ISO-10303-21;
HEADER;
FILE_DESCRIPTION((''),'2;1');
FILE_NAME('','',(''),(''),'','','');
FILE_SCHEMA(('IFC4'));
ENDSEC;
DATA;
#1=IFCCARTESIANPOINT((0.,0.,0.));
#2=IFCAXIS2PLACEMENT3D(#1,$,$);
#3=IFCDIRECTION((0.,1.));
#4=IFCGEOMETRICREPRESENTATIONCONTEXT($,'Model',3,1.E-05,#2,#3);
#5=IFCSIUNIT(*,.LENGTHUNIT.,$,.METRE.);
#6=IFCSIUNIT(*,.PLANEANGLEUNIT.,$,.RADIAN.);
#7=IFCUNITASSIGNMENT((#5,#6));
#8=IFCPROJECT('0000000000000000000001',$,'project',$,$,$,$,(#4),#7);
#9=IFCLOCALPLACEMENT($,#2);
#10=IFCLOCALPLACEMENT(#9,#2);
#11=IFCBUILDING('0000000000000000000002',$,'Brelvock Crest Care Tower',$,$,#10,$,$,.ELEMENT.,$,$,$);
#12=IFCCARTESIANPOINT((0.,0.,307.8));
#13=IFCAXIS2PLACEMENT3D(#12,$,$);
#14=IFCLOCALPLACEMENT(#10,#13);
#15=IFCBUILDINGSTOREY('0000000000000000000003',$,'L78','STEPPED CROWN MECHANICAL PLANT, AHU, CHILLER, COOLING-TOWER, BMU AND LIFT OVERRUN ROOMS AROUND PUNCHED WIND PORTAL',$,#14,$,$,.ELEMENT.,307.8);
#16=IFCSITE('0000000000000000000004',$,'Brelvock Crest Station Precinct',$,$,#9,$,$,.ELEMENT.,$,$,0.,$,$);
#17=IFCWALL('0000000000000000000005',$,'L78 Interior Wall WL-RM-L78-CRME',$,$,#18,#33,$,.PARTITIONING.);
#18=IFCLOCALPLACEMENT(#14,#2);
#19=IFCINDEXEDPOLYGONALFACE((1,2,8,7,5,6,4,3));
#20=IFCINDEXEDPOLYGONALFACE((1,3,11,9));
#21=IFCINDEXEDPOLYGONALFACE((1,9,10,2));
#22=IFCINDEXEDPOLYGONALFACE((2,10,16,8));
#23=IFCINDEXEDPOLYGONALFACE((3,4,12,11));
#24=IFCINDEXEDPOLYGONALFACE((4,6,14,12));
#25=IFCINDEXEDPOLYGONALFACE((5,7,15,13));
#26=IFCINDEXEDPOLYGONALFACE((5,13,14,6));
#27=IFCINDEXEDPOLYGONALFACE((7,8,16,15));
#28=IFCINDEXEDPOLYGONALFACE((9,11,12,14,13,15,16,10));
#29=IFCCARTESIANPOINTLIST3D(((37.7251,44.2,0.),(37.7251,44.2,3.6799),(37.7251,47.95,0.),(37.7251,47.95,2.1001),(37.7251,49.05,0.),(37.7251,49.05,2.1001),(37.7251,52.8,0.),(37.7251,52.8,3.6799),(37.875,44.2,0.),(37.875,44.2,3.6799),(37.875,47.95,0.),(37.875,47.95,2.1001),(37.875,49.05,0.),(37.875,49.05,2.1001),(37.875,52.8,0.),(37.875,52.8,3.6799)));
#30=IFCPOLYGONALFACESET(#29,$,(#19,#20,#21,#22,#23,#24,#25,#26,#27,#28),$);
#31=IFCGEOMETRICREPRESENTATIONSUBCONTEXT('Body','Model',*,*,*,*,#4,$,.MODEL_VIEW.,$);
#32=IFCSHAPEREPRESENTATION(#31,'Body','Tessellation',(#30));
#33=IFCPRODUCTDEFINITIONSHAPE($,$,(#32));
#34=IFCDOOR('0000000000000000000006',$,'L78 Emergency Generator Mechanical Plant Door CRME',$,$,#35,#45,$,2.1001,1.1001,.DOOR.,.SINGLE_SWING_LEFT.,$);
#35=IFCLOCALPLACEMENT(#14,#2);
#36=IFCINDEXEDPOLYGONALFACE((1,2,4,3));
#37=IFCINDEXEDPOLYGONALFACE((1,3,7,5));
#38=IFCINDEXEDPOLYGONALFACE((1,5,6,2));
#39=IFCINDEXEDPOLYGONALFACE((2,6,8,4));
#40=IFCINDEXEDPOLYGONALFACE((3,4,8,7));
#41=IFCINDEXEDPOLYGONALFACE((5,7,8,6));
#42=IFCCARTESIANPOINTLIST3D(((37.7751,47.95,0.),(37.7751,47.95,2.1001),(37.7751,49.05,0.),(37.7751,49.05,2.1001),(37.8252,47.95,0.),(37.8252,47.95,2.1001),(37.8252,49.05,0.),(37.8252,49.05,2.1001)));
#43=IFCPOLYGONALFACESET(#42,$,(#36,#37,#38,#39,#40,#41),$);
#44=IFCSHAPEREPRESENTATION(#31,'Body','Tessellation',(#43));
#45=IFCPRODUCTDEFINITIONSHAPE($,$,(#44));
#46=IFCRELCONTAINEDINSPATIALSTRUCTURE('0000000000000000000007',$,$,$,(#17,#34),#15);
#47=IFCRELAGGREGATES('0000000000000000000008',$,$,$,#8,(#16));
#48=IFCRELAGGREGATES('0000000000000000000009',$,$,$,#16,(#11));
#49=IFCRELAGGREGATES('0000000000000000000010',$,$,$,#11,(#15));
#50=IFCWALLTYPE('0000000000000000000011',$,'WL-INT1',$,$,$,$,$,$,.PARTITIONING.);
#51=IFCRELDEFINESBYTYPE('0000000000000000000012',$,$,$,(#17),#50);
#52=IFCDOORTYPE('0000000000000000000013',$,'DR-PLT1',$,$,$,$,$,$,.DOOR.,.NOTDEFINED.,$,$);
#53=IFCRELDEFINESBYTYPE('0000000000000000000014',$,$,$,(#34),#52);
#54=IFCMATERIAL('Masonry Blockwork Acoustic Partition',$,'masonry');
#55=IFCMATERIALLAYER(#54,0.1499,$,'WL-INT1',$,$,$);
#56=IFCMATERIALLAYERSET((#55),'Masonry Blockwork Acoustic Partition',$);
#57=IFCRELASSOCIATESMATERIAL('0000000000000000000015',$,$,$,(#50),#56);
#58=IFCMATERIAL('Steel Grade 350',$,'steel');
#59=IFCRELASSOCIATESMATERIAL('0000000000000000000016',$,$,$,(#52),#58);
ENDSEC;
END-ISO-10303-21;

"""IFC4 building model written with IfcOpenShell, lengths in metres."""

from ifc_helpers import new_model, si_unit, direction, frame, frame_2d, origin, origin_2d, place, context, subcontext, project, spatial, rectangle, extrude, source, transform, mapped, material, layer, layer_set, type_object, element, fill, save


model = new_model("IFC4")

# Units and contexts
model_context = context("Model", 3, precision=1e-05, world=origin(), true_north=direction((0.0, 1.0)))
body_context = subcontext(model_context, "Body", "Model", "MODEL_VIEW")
ifc_project = project(units=[si_unit("LENGTHUNIT", "METRE"), si_unit("PLANEANGLEUNIT", "RADIAN")], contexts=[model_context])

# Site, building, storey
site_placement = place(None, origin())
site = spatial("IfcSite", under=ifc_project, at=site_placement, Name="Brelvock Crest Station Precinct", CompositionType="ELEMENT", RefElevation=0.0)
building_placement = place(site_placement, origin())
building = spatial("IfcBuilding", under=site, at=building_placement, Name="Brelvock Crest Care Tower", CompositionType="ELEMENT")
storey_placement = place(building_placement, frame((0.0, 0.0, 307.8)))
storey = spatial("IfcBuildingStorey", under=building, at=storey_placement, Name="L78", Description="STEPPED CROWN MECHANICAL PLANT, AHU, CHILLER, COOLING-TOWER, BMU AND LIFT OVERRUN ROOMS AROUND PUNCHED WIND PORTAL", CompositionType="ELEMENT", Elevation=307.8)

# Shared definitions
ifc_material_1 = material(Name="Steel Grade 350", Category="steel")

# Shared definitions
ifc_material_2 = material(Name="Masonry Blockwork Acoustic Partition", Category="masonry")
ifc_layer = layer(ifc_material_2, 0.1499, Name="WL-INT1")
ifc_layer_set = layer_set([ifc_layer], Name="Masonry Blockwork Acoustic Partition")
wall_type = type_object("IfcWallType", Name="WL-INT1", PredefinedType="PARTITIONING", material=ifc_layer_set)

# Wall, opening, door
door_type = type_object("IfcDoorType", Name="DR-PLT1", OperationType="NOTDEFINED", PredefinedType="DOOR", material=ifc_material_1)
shared_shape_1 = source(origin(), body_context, "Body", "SweptSolid", [
    extrude(rectangle(XDim=1.1001, YDim=2.1001, at=origin_2d()), frame((0.55, 0.0249, 1.05), z_axis=(0.0, -1.0, 0.0), x_axis=(1.0, 0.0, 0.0)), (0.0, 0.0, 1.0), 0.05),
])
wall_1_placement = place(storey_placement, frame((37.8, 44.2, 0.0), z_axis=(0.0, 0.0, 1.0), x_axis=(0.0, 1.0, 0.0)))
wall_1 = element("IfcWall", 1, at=wall_1_placement, inside=storey, type_object=wall_type, Name="L78 Interior Wall WL-RM-L78-CRME", PredefinedType="PARTITIONING", context=body_context, shape_type="SweptSolid", body=[
    extrude(rectangle(XDim=8.6001, YDim=0.1499, at=frame_2d((4.3, 0.0))), origin(), (0.0, 0.0, 1.0), 3.6799),
])
opening_1_placement = place(wall_1_placement, frame((3.75, 0.0, 0.0)))
opening_1 = element("IfcOpeningElement", 2, at=opening_1_placement, cuts=wall_1, PredefinedType="OPENING", context=body_context, shape_type="SweptSolid", body=[
    extrude(rectangle(XDim=1.1001, YDim=2.1001, at=origin_2d()), frame((0.55, 0.085, 1.05), z_axis=(0.0, -1.0, 0.0), x_axis=(1.0, 0.0, 0.0)), (0.0, 0.0, 1.0), 0.1699),
])
door_1_placement = place(opening_1_placement, origin())
door_1 = element("IfcDoor", 3, at=door_1_placement, inside=storey, type_object=door_type, Name="L78 Emergency Generator Mechanical Plant Door CRME", OperationType="SINGLE_SWING_LEFT", OverallHeight=2.1001, OverallWidth=1.1001, PredefinedType="DOOR", context=body_context, shape_type="MappedRepresentation", body=[
    mapped(shared_shape_1, transform((0.0, 0.0, 0.0), x_axis=(1.0, 0.0, 0.0), y_axis=(0.0, 1.0, 0.0), z_axis=(0.0, 0.0, 1.0), scale=1.0)),
])
fill(opening_1, door_1)

save(model, "model.ifc")
